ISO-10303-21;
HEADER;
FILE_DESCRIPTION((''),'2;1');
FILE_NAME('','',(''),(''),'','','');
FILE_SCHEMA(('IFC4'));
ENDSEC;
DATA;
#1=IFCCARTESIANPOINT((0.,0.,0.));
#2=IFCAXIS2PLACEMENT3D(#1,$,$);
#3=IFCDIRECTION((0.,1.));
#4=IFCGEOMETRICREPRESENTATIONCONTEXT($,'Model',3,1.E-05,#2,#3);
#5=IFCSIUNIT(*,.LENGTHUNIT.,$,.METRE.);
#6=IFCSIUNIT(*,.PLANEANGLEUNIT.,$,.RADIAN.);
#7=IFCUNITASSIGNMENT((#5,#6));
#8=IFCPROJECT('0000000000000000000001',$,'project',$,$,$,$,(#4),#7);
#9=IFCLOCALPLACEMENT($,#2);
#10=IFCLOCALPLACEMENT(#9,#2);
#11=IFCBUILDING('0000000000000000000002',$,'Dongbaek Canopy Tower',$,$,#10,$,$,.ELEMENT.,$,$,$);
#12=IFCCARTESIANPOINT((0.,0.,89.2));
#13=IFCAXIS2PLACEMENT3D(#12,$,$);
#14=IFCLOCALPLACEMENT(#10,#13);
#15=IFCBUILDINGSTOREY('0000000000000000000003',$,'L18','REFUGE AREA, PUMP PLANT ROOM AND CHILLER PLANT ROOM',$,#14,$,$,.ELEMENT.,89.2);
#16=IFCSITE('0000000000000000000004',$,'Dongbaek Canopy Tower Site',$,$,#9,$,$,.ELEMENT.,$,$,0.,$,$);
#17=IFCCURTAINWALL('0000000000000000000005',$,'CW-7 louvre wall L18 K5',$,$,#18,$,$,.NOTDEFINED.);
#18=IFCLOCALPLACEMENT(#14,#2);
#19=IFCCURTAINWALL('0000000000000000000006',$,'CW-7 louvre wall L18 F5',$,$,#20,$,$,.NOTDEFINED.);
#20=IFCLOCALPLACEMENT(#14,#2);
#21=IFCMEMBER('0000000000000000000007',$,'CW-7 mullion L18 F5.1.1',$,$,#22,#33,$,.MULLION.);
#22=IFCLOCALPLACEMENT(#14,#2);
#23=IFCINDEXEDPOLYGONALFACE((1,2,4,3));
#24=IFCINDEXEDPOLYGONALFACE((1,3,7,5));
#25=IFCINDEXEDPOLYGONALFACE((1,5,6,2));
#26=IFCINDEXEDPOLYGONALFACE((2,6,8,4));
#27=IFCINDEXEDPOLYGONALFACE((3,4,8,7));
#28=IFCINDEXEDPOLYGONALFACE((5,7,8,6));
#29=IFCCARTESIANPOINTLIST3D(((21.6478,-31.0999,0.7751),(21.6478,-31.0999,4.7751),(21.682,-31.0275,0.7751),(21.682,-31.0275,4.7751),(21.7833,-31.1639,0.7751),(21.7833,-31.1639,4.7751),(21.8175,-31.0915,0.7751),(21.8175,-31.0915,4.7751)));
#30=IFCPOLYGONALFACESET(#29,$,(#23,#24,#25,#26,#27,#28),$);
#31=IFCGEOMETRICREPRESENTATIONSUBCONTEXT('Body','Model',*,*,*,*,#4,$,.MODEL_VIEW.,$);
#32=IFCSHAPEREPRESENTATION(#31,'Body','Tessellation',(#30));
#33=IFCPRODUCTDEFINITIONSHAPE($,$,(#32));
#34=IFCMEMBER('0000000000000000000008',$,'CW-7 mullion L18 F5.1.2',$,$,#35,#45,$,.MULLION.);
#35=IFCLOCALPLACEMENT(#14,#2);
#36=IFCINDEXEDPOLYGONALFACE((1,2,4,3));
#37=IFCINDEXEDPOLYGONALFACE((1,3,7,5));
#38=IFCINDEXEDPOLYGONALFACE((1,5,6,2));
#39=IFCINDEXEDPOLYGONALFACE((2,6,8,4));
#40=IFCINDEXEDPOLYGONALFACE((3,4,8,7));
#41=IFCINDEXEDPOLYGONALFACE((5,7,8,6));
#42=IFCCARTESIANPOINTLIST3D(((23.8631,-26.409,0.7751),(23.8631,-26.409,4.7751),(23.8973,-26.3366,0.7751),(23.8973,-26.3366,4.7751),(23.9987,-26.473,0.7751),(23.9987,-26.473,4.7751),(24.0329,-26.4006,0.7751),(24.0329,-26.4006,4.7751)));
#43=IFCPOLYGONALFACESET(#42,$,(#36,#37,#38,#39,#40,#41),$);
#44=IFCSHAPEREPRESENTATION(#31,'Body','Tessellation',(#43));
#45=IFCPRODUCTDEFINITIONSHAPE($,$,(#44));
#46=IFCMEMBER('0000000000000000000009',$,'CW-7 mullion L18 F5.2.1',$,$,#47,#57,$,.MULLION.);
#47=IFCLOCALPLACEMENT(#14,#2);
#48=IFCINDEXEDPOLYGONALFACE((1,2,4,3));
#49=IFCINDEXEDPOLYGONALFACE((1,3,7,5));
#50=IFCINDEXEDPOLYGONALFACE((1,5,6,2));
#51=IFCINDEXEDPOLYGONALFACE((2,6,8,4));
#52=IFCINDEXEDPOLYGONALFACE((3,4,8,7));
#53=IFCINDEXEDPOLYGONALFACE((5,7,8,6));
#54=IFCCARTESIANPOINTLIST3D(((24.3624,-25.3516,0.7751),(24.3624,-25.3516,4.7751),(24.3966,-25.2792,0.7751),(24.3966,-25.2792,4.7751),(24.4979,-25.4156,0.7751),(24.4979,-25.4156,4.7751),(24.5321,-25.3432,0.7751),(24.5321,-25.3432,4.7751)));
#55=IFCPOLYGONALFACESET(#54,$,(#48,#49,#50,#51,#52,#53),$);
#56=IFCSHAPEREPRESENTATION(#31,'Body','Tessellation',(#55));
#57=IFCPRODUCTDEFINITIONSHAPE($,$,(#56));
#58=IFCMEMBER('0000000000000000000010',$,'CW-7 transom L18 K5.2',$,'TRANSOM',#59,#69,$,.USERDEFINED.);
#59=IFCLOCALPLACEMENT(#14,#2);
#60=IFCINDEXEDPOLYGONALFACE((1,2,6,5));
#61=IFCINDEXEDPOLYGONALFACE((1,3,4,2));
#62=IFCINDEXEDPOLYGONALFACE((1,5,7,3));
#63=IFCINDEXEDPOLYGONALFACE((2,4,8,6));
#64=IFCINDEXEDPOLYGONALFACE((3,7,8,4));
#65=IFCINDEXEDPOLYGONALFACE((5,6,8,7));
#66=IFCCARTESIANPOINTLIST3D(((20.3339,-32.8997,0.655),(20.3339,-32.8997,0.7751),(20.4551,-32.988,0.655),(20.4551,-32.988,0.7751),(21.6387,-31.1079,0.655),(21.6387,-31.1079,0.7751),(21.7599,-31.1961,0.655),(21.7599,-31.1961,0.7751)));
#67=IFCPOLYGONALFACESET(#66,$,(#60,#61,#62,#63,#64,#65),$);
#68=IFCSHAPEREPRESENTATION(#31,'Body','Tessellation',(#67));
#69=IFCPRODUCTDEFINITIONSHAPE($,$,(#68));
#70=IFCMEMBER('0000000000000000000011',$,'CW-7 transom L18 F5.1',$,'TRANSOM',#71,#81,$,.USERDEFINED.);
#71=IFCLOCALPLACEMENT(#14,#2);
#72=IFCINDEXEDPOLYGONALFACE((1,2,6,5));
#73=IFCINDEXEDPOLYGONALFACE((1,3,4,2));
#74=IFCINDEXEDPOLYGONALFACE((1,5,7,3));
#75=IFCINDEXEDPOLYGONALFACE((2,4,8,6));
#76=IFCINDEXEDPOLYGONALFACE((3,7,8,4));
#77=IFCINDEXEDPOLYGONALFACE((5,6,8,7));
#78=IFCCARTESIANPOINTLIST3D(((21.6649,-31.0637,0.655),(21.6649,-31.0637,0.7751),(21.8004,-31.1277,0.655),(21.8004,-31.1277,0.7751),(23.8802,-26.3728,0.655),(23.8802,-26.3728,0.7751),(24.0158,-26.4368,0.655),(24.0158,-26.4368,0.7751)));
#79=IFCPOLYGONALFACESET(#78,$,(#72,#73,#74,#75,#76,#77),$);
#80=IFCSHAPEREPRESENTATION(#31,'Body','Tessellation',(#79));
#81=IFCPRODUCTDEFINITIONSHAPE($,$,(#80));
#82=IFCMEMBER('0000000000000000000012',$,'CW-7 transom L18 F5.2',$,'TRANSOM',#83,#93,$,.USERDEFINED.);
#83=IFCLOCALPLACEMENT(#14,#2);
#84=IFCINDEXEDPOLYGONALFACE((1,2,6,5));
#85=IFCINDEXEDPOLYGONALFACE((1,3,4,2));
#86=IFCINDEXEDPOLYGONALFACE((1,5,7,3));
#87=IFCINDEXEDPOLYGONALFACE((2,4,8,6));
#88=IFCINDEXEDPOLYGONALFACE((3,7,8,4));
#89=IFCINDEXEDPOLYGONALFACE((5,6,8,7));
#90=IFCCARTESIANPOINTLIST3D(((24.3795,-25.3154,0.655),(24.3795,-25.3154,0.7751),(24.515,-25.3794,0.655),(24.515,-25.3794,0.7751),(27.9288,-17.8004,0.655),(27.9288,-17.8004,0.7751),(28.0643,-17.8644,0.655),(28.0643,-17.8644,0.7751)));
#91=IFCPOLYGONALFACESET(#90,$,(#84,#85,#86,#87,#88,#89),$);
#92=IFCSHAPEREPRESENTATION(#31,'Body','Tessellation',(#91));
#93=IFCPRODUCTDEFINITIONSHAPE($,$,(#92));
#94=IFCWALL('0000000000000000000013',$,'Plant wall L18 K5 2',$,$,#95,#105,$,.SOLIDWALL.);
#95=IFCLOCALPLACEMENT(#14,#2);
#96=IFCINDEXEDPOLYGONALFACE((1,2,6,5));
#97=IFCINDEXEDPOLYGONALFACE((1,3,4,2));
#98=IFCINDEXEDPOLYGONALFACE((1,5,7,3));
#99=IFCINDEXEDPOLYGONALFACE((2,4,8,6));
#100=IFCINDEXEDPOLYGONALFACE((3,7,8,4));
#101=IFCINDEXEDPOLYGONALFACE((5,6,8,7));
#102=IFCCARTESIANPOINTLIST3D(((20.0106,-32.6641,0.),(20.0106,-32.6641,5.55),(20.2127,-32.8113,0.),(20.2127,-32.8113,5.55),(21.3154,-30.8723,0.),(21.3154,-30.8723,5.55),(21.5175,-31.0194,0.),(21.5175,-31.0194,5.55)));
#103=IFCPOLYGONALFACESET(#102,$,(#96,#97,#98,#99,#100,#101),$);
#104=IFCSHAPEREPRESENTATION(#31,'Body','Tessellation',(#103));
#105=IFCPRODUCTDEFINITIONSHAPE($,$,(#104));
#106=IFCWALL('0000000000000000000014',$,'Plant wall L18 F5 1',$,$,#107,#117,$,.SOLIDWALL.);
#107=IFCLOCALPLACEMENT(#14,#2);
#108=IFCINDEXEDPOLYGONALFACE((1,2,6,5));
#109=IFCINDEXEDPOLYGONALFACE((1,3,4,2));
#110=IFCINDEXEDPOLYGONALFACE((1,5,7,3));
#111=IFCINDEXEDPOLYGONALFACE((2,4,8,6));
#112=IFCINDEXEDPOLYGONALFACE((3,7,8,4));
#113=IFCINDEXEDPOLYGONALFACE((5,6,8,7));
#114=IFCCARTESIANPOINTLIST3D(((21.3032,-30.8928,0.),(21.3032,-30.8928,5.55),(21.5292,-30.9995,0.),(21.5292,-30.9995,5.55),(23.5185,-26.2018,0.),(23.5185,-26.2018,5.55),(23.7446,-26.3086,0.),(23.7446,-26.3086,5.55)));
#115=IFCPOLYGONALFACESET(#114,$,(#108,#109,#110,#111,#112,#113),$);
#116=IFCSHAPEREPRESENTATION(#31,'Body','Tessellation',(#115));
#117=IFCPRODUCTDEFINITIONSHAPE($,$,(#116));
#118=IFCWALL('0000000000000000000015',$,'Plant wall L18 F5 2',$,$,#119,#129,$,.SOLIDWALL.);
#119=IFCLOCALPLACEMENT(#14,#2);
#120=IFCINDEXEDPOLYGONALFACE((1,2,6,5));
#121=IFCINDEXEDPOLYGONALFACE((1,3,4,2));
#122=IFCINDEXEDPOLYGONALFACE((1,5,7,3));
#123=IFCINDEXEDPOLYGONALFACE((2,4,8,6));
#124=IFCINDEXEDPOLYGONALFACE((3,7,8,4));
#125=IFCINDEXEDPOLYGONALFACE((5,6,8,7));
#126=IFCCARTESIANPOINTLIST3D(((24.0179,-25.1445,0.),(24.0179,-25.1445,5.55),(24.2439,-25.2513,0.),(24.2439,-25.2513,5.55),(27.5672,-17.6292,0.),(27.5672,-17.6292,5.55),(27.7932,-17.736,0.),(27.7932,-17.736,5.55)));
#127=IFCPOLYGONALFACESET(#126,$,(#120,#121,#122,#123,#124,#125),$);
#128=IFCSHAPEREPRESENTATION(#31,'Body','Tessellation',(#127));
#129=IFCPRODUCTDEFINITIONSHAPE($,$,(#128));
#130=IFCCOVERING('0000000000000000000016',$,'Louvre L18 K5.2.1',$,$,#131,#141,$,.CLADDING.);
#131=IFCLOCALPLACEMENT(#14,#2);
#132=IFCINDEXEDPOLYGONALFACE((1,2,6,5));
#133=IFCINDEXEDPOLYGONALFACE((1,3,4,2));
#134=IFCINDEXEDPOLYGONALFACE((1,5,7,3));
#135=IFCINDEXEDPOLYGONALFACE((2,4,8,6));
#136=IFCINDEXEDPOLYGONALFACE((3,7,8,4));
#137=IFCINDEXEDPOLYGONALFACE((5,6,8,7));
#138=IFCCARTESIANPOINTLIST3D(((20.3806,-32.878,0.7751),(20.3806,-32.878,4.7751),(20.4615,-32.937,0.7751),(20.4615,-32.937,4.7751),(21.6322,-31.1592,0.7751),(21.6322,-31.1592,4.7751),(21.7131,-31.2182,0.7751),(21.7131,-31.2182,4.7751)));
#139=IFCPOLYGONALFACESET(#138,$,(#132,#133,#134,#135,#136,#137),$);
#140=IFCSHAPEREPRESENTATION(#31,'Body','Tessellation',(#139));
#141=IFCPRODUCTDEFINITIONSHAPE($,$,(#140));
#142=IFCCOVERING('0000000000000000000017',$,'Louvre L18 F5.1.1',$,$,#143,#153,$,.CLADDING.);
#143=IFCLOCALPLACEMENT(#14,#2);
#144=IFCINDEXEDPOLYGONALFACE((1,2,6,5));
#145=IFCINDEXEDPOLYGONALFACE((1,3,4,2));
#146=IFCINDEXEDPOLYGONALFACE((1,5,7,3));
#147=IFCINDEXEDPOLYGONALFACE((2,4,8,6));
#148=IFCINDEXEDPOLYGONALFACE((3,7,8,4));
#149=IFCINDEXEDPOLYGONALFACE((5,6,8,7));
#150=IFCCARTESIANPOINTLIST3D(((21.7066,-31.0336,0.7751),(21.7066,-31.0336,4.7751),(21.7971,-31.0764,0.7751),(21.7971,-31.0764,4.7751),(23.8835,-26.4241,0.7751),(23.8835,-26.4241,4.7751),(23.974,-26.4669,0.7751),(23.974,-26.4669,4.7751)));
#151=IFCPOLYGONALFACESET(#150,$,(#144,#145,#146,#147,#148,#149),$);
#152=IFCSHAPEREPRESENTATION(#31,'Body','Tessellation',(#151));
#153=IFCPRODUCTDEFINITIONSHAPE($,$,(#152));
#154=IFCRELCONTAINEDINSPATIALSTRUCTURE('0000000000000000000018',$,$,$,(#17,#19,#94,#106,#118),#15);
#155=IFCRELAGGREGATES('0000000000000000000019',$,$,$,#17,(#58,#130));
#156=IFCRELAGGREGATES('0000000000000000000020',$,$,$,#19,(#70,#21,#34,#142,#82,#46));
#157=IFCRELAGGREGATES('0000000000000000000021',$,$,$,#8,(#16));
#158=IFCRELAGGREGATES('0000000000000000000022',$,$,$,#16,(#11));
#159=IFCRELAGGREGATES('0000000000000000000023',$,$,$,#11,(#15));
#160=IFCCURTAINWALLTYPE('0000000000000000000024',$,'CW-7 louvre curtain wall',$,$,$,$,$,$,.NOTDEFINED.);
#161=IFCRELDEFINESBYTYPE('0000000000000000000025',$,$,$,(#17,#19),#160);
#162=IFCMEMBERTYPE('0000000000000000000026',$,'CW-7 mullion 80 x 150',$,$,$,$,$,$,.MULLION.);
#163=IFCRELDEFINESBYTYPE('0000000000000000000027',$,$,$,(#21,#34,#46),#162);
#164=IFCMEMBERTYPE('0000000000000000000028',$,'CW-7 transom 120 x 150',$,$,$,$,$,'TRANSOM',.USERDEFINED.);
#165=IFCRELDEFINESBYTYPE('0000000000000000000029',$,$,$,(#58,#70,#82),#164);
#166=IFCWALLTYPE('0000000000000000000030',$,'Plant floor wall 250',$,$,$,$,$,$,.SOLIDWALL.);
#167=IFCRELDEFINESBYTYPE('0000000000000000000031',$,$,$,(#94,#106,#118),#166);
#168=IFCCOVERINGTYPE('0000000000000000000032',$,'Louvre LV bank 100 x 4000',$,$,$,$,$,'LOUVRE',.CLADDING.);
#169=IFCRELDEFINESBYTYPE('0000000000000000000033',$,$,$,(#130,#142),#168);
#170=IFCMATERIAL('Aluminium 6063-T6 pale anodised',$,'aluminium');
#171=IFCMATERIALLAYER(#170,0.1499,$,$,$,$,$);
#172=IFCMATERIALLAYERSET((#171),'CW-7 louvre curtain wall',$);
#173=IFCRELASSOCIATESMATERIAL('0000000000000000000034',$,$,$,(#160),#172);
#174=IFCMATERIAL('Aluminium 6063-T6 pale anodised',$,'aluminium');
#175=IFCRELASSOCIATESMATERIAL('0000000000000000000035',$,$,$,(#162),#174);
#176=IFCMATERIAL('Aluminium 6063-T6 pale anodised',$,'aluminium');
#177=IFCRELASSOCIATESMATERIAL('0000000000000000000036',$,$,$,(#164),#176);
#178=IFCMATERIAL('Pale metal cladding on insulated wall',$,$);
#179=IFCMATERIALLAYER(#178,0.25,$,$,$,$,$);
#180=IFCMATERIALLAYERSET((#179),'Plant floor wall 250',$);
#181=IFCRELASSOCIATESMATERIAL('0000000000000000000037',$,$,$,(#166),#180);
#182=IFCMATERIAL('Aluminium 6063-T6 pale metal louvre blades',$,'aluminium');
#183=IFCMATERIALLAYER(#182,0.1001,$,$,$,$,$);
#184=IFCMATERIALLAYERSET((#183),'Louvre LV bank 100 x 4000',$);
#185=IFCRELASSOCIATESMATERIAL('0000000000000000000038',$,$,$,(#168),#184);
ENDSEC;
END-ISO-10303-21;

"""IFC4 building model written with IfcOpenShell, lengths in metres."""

from ifc_helpers import new_model, si_unit, direction, frame, frame_2d, origin, origin_2d, place, context, subcontext, project, spatial, rectangle, extrude, material, layer, layer_set, material_profile, profile_set, type_object, element, aggregate, save


model = new_model("IFC4")

# Units and contexts
model_context = context("Model", 3, precision=1e-05, world=origin(), true_north=direction((0.0, 1.0)))
body_context = subcontext(model_context, "Body", "Model", "MODEL_VIEW")
ifc_project = project(units=[si_unit("LENGTHUNIT", "METRE"), si_unit("PLANEANGLEUNIT", "RADIAN")], contexts=[model_context])

# Site, building, storey
site_placement = place(None, origin())
site = spatial("IfcSite", under=ifc_project, at=site_placement, Name="Dongbaek Canopy Tower Site", CompositionType="ELEMENT", RefElevation=0.0)
building_placement = place(site_placement, origin())
building = spatial("IfcBuilding", under=site, at=building_placement, Name="Dongbaek Canopy Tower", CompositionType="ELEMENT")
storey_placement = place(building_placement, frame((0.0, 0.0, 89.2)))
storey = spatial("IfcBuildingStorey", under=building, at=storey_placement, Name="L18", Description="REFUGE AREA, PUMP PLANT ROOM AND CHILLER PLANT ROOM", CompositionType="ELEMENT", Elevation=89.2)

# Curtain walls, members
ifc_material_1 = material(Name="Aluminium 6063-T6 pale anodised", Category="aluminium")
ifc_layer_1 = layer(ifc_material_1, 0.1499)
ifc_layer_set_1 = layer_set([ifc_layer_1], Name="CW-7 louvre curtain wall")
curtain_wall_type = type_object("IfcCurtainWallType", Name="CW-7 louvre curtain wall", PredefinedType="NOTDEFINED", material=ifc_layer_set_1)
curtain_wall_1_placement = place(storey_placement, origin())
curtain_wall_1 = element("IfcCurtainWall", 1, at=curtain_wall_1_placement, inside=storey, type_object=curtain_wall_type, Name="CW-7 louvre wall L18 K5", PredefinedType="NOTDEFINED")
ifc_material_2 = material(Name="Aluminium 6063-T6 pale anodised", Category="aluminium")
ifc_material_profile_1 = material_profile(ifc_material_2, rectangle(XDim=0.1499, YDim=0.0801, at=origin_2d()), Name="CW-7 mullion 80 x 150")
ifc_profile_set_1 = profile_set([ifc_material_profile_1], Name="Aluminium 6063-T6 pale anodised")
member_type_1 = type_object("IfcMemberType", Name="CW-7 mullion 80 x 150", PredefinedType="MULLION", material=ifc_profile_set_1)
curtain_wall_2_placement = place(storey_placement, origin())
curtain_wall_2 = element("IfcCurtainWall", 2, at=curtain_wall_2_placement, inside=storey, type_object=curtain_wall_type, Name="CW-7 louvre wall L18 F5", PredefinedType="NOTDEFINED")
member_1_placement = place(storey_placement, frame((21.7327, -31.0957, 0.7751), z_axis=(0.0, 0.0, 1.0), x_axis=(0.904233, -0.427039, 0.0)))
member_1 = element("IfcMember", 3, at=member_1_placement, type_object=member_type_1, Name="CW-7 mullion L18 F5.1.1", PredefinedType="MULLION", context=body_context, shape_type="SweptSolid", body=[
    extrude(rectangle(XDim=0.1499, YDim=0.0801, at=origin_2d()), origin(), (0.0, 0.0, 1.0), 4.0),
])
member_2_placement = place(storey_placement, frame((23.948, -26.4048, 0.7751), z_axis=(0.0, 0.0, 1.0), x_axis=(0.904233, -0.427039, 0.0)))
member_2 = element("IfcMember", 4, at=member_2_placement, type_object=member_type_1, Name="CW-7 mullion L18 F5.1.2", PredefinedType="MULLION", context=body_context, shape_type="SweptSolid", body=[
    extrude(rectangle(XDim=0.1499, YDim=0.0801, at=origin_2d()), origin(), (0.0, 0.0, 1.0), 4.0),
])
member_3_placement = place(storey_placement, frame((24.4473, -25.3474, 0.7751), z_axis=(0.0, 0.0, 1.0), x_axis=(0.904233, -0.427039, 0.0)))
member_3 = element("IfcMember", 5, at=member_3_placement, type_object=member_type_1, Name="CW-7 mullion L18 F5.2.1", PredefinedType="MULLION", context=body_context, shape_type="SweptSolid", body=[
    extrude(rectangle(XDim=0.1499, YDim=0.0801, at=origin_2d()), origin(), (0.0, 0.0, 1.0), 4.0),
])

# Members
ifc_material_3 = material(Name="Aluminium 6063-T6 pale anodised", Category="aluminium")
ifc_material_profile_2 = material_profile(ifc_material_3, rectangle(XDim=0.1499, YDim=0.1201, at=origin_2d()), Name="CW-7 transom 120 x 150")
ifc_profile_set_2 = profile_set([ifc_material_profile_2], Name="Aluminium 6063-T6 pale anodised")
member_type_2 = type_object("IfcMemberType", Name="CW-7 transom 120 x 150", ElementType="TRANSOM", PredefinedType="USERDEFINED", material=ifc_profile_set_2)
member_4_placement = place(storey_placement, frame((20.3945, -32.9438, 0.7151), z_axis=(0.588643, 0.808393, 0.0), x_axis=(-0.808393, 0.588643, 0.0)))
member_4 = element("IfcMember", 6, at=member_4_placement, type_object=member_type_2, Name="CW-7 transom L18 K5.2", ObjectType="TRANSOM", PredefinedType="USERDEFINED", context=body_context, shape_type="SweptSolid", body=[
    extrude(rectangle(XDim=0.1499, YDim=0.1201, at=origin_2d()), origin(), (0.0, 0.0, 1.0), 2.2166),
])
member_5_placement = place(storey_placement, frame((21.7327, -31.0957, 0.7151), z_axis=(0.427034, 0.904236, 0.0), x_axis=(-0.904236, 0.427034, 0.0)))
member_5 = element("IfcMember", 7, at=member_5_placement, type_object=member_type_2, Name="CW-7 transom L18 F5.1", ObjectType="TRANSOM", PredefinedType="USERDEFINED", context=body_context, shape_type="SweptSolid", body=[
    extrude(rectangle(XDim=0.1499, YDim=0.1201, at=origin_2d()), origin(), (0.0, 0.0, 1.0), 5.1877),
])
member_6_placement = place(storey_placement, frame((24.4473, -25.3474, 0.7151), z_axis=(0.427056, 0.904225, 0.0), x_axis=(-0.904225, 0.427056, 0.0)))
member_6 = element("IfcMember", 8, at=member_6_placement, type_object=member_type_2, Name="CW-7 transom L18 F5.2", ObjectType="TRANSOM", PredefinedType="USERDEFINED", context=body_context, shape_type="SweptSolid", body=[
    extrude(rectangle(XDim=0.1499, YDim=0.1201, at=origin_2d()), origin(), (0.0, 0.0, 1.0), 8.311),
])

# Walls
ifc_material_4 = material(Name="Pale metal cladding on insulated wall")
ifc_layer_2 = layer(ifc_material_4, 0.25)
ifc_layer_set_2 = layer_set([ifc_layer_2], Name="Plant floor wall 250")
wall_type = type_object("IfcWallType", Name="Plant floor wall 250", PredefinedType="SOLIDWALL", material=ifc_layer_set_2)
wall_1_placement = place(storey_placement, frame((20.1116, -32.7378, 0.0), z_axis=(0.0, 0.0, 1.0), x_axis=(0.588643, 0.808393, 0.0)))
element("IfcWall", 9, at=wall_1_placement, inside=storey, type_object=wall_type, Name="Plant wall L18 K5 2", PredefinedType="SOLIDWALL", context=body_context, shape_type="SweptSolid", body=[
    extrude(rectangle(XDim=2.2166, YDim=0.25, at=frame_2d((1.1084, 0.0))), origin(), (0.0, 0.0, 1.0), 5.55),
])
wall_2_placement = place(storey_placement, frame((21.4163, -30.946, 0.0), z_axis=(0.0, 0.0, 1.0), x_axis=(0.427034, 0.904236, 0.0)))
element("IfcWall", 10, at=wall_2_placement, inside=storey, type_object=wall_type, Name="Plant wall L18 F5 1", PredefinedType="SOLIDWALL", context=body_context, shape_type="SweptSolid", body=[
    extrude(rectangle(XDim=5.1877, YDim=0.25, at=frame_2d((2.5938, 0.0))), origin(), (0.0, 0.0, 1.0), 5.55),
])
wall_3_placement = place(storey_placement, frame((24.1309, -25.198, 0.0), z_axis=(0.0, 0.0, 1.0), x_axis=(0.427044, 0.904231, 0.0)))
element("IfcWall", 11, at=wall_3_placement, inside=storey, type_object=wall_type, Name="Plant wall L18 F5 2", PredefinedType="SOLIDWALL", context=body_context, shape_type="SweptSolid", body=[
    extrude(rectangle(XDim=8.3113, YDim=0.25, at=frame_2d((4.1558, 0.0))), origin(), (0.0, 0.0, 1.0), 5.55),
])

# Coverings
ifc_material_5 = material(Name="Aluminium 6063-T6 pale metal louvre blades", Category="aluminium")
ifc_layer_3 = layer(ifc_material_5, 0.1001)
ifc_layer_set_3 = layer_set([ifc_layer_3], Name="Louvre LV bank 100 x 4000")
covering_type = type_object("IfcCoveringType", Name="Louvre LV bank 100 x 4000", ElementType="LOUVRE", PredefinedType="CLADDING", material=ifc_layer_set_3)
covering_1_placement = place(storey_placement, frame((21.0469, -32.0481, 0.7751), z_axis=(0.0, 0.0, 1.0), x_axis=(0.588653, 0.808386, 0.0)))
covering_1 = element("IfcCovering", 12, at=covering_1_placement, type_object=covering_type, Name="Louvre L18 K5.2.1", PredefinedType="CLADDING", context=body_context, shape_type="SweptSolid", body=[
    extrude(rectangle(XDim=2.1262, YDim=0.1001, at=origin_2d()), origin(), (0.0, 0.0, 1.0), 4.0),
])
covering_2_placement = place(storey_placement, frame((22.8403, -28.7502, 0.7751), z_axis=(0.0, 0.0, 1.0), x_axis=(0.427039, 0.904233, 0.0)))
covering_2 = element("IfcCovering", 13, at=covering_2_placement, type_object=covering_type, Name="Louvre L18 F5.1.1", PredefinedType="CLADDING", context=body_context, shape_type="SweptSolid", body=[
    extrude(rectangle(XDim=5.0977, YDim=0.1001, at=origin_2d()), origin(), (0.0, 0.0, 1.0), 4.0),
])

aggregate(curtain_wall_1, [member_4, covering_1])
aggregate(curtain_wall_2, [member_5, member_1, member_2, covering_2, member_6, member_3])

save(model, "model.ifc")
